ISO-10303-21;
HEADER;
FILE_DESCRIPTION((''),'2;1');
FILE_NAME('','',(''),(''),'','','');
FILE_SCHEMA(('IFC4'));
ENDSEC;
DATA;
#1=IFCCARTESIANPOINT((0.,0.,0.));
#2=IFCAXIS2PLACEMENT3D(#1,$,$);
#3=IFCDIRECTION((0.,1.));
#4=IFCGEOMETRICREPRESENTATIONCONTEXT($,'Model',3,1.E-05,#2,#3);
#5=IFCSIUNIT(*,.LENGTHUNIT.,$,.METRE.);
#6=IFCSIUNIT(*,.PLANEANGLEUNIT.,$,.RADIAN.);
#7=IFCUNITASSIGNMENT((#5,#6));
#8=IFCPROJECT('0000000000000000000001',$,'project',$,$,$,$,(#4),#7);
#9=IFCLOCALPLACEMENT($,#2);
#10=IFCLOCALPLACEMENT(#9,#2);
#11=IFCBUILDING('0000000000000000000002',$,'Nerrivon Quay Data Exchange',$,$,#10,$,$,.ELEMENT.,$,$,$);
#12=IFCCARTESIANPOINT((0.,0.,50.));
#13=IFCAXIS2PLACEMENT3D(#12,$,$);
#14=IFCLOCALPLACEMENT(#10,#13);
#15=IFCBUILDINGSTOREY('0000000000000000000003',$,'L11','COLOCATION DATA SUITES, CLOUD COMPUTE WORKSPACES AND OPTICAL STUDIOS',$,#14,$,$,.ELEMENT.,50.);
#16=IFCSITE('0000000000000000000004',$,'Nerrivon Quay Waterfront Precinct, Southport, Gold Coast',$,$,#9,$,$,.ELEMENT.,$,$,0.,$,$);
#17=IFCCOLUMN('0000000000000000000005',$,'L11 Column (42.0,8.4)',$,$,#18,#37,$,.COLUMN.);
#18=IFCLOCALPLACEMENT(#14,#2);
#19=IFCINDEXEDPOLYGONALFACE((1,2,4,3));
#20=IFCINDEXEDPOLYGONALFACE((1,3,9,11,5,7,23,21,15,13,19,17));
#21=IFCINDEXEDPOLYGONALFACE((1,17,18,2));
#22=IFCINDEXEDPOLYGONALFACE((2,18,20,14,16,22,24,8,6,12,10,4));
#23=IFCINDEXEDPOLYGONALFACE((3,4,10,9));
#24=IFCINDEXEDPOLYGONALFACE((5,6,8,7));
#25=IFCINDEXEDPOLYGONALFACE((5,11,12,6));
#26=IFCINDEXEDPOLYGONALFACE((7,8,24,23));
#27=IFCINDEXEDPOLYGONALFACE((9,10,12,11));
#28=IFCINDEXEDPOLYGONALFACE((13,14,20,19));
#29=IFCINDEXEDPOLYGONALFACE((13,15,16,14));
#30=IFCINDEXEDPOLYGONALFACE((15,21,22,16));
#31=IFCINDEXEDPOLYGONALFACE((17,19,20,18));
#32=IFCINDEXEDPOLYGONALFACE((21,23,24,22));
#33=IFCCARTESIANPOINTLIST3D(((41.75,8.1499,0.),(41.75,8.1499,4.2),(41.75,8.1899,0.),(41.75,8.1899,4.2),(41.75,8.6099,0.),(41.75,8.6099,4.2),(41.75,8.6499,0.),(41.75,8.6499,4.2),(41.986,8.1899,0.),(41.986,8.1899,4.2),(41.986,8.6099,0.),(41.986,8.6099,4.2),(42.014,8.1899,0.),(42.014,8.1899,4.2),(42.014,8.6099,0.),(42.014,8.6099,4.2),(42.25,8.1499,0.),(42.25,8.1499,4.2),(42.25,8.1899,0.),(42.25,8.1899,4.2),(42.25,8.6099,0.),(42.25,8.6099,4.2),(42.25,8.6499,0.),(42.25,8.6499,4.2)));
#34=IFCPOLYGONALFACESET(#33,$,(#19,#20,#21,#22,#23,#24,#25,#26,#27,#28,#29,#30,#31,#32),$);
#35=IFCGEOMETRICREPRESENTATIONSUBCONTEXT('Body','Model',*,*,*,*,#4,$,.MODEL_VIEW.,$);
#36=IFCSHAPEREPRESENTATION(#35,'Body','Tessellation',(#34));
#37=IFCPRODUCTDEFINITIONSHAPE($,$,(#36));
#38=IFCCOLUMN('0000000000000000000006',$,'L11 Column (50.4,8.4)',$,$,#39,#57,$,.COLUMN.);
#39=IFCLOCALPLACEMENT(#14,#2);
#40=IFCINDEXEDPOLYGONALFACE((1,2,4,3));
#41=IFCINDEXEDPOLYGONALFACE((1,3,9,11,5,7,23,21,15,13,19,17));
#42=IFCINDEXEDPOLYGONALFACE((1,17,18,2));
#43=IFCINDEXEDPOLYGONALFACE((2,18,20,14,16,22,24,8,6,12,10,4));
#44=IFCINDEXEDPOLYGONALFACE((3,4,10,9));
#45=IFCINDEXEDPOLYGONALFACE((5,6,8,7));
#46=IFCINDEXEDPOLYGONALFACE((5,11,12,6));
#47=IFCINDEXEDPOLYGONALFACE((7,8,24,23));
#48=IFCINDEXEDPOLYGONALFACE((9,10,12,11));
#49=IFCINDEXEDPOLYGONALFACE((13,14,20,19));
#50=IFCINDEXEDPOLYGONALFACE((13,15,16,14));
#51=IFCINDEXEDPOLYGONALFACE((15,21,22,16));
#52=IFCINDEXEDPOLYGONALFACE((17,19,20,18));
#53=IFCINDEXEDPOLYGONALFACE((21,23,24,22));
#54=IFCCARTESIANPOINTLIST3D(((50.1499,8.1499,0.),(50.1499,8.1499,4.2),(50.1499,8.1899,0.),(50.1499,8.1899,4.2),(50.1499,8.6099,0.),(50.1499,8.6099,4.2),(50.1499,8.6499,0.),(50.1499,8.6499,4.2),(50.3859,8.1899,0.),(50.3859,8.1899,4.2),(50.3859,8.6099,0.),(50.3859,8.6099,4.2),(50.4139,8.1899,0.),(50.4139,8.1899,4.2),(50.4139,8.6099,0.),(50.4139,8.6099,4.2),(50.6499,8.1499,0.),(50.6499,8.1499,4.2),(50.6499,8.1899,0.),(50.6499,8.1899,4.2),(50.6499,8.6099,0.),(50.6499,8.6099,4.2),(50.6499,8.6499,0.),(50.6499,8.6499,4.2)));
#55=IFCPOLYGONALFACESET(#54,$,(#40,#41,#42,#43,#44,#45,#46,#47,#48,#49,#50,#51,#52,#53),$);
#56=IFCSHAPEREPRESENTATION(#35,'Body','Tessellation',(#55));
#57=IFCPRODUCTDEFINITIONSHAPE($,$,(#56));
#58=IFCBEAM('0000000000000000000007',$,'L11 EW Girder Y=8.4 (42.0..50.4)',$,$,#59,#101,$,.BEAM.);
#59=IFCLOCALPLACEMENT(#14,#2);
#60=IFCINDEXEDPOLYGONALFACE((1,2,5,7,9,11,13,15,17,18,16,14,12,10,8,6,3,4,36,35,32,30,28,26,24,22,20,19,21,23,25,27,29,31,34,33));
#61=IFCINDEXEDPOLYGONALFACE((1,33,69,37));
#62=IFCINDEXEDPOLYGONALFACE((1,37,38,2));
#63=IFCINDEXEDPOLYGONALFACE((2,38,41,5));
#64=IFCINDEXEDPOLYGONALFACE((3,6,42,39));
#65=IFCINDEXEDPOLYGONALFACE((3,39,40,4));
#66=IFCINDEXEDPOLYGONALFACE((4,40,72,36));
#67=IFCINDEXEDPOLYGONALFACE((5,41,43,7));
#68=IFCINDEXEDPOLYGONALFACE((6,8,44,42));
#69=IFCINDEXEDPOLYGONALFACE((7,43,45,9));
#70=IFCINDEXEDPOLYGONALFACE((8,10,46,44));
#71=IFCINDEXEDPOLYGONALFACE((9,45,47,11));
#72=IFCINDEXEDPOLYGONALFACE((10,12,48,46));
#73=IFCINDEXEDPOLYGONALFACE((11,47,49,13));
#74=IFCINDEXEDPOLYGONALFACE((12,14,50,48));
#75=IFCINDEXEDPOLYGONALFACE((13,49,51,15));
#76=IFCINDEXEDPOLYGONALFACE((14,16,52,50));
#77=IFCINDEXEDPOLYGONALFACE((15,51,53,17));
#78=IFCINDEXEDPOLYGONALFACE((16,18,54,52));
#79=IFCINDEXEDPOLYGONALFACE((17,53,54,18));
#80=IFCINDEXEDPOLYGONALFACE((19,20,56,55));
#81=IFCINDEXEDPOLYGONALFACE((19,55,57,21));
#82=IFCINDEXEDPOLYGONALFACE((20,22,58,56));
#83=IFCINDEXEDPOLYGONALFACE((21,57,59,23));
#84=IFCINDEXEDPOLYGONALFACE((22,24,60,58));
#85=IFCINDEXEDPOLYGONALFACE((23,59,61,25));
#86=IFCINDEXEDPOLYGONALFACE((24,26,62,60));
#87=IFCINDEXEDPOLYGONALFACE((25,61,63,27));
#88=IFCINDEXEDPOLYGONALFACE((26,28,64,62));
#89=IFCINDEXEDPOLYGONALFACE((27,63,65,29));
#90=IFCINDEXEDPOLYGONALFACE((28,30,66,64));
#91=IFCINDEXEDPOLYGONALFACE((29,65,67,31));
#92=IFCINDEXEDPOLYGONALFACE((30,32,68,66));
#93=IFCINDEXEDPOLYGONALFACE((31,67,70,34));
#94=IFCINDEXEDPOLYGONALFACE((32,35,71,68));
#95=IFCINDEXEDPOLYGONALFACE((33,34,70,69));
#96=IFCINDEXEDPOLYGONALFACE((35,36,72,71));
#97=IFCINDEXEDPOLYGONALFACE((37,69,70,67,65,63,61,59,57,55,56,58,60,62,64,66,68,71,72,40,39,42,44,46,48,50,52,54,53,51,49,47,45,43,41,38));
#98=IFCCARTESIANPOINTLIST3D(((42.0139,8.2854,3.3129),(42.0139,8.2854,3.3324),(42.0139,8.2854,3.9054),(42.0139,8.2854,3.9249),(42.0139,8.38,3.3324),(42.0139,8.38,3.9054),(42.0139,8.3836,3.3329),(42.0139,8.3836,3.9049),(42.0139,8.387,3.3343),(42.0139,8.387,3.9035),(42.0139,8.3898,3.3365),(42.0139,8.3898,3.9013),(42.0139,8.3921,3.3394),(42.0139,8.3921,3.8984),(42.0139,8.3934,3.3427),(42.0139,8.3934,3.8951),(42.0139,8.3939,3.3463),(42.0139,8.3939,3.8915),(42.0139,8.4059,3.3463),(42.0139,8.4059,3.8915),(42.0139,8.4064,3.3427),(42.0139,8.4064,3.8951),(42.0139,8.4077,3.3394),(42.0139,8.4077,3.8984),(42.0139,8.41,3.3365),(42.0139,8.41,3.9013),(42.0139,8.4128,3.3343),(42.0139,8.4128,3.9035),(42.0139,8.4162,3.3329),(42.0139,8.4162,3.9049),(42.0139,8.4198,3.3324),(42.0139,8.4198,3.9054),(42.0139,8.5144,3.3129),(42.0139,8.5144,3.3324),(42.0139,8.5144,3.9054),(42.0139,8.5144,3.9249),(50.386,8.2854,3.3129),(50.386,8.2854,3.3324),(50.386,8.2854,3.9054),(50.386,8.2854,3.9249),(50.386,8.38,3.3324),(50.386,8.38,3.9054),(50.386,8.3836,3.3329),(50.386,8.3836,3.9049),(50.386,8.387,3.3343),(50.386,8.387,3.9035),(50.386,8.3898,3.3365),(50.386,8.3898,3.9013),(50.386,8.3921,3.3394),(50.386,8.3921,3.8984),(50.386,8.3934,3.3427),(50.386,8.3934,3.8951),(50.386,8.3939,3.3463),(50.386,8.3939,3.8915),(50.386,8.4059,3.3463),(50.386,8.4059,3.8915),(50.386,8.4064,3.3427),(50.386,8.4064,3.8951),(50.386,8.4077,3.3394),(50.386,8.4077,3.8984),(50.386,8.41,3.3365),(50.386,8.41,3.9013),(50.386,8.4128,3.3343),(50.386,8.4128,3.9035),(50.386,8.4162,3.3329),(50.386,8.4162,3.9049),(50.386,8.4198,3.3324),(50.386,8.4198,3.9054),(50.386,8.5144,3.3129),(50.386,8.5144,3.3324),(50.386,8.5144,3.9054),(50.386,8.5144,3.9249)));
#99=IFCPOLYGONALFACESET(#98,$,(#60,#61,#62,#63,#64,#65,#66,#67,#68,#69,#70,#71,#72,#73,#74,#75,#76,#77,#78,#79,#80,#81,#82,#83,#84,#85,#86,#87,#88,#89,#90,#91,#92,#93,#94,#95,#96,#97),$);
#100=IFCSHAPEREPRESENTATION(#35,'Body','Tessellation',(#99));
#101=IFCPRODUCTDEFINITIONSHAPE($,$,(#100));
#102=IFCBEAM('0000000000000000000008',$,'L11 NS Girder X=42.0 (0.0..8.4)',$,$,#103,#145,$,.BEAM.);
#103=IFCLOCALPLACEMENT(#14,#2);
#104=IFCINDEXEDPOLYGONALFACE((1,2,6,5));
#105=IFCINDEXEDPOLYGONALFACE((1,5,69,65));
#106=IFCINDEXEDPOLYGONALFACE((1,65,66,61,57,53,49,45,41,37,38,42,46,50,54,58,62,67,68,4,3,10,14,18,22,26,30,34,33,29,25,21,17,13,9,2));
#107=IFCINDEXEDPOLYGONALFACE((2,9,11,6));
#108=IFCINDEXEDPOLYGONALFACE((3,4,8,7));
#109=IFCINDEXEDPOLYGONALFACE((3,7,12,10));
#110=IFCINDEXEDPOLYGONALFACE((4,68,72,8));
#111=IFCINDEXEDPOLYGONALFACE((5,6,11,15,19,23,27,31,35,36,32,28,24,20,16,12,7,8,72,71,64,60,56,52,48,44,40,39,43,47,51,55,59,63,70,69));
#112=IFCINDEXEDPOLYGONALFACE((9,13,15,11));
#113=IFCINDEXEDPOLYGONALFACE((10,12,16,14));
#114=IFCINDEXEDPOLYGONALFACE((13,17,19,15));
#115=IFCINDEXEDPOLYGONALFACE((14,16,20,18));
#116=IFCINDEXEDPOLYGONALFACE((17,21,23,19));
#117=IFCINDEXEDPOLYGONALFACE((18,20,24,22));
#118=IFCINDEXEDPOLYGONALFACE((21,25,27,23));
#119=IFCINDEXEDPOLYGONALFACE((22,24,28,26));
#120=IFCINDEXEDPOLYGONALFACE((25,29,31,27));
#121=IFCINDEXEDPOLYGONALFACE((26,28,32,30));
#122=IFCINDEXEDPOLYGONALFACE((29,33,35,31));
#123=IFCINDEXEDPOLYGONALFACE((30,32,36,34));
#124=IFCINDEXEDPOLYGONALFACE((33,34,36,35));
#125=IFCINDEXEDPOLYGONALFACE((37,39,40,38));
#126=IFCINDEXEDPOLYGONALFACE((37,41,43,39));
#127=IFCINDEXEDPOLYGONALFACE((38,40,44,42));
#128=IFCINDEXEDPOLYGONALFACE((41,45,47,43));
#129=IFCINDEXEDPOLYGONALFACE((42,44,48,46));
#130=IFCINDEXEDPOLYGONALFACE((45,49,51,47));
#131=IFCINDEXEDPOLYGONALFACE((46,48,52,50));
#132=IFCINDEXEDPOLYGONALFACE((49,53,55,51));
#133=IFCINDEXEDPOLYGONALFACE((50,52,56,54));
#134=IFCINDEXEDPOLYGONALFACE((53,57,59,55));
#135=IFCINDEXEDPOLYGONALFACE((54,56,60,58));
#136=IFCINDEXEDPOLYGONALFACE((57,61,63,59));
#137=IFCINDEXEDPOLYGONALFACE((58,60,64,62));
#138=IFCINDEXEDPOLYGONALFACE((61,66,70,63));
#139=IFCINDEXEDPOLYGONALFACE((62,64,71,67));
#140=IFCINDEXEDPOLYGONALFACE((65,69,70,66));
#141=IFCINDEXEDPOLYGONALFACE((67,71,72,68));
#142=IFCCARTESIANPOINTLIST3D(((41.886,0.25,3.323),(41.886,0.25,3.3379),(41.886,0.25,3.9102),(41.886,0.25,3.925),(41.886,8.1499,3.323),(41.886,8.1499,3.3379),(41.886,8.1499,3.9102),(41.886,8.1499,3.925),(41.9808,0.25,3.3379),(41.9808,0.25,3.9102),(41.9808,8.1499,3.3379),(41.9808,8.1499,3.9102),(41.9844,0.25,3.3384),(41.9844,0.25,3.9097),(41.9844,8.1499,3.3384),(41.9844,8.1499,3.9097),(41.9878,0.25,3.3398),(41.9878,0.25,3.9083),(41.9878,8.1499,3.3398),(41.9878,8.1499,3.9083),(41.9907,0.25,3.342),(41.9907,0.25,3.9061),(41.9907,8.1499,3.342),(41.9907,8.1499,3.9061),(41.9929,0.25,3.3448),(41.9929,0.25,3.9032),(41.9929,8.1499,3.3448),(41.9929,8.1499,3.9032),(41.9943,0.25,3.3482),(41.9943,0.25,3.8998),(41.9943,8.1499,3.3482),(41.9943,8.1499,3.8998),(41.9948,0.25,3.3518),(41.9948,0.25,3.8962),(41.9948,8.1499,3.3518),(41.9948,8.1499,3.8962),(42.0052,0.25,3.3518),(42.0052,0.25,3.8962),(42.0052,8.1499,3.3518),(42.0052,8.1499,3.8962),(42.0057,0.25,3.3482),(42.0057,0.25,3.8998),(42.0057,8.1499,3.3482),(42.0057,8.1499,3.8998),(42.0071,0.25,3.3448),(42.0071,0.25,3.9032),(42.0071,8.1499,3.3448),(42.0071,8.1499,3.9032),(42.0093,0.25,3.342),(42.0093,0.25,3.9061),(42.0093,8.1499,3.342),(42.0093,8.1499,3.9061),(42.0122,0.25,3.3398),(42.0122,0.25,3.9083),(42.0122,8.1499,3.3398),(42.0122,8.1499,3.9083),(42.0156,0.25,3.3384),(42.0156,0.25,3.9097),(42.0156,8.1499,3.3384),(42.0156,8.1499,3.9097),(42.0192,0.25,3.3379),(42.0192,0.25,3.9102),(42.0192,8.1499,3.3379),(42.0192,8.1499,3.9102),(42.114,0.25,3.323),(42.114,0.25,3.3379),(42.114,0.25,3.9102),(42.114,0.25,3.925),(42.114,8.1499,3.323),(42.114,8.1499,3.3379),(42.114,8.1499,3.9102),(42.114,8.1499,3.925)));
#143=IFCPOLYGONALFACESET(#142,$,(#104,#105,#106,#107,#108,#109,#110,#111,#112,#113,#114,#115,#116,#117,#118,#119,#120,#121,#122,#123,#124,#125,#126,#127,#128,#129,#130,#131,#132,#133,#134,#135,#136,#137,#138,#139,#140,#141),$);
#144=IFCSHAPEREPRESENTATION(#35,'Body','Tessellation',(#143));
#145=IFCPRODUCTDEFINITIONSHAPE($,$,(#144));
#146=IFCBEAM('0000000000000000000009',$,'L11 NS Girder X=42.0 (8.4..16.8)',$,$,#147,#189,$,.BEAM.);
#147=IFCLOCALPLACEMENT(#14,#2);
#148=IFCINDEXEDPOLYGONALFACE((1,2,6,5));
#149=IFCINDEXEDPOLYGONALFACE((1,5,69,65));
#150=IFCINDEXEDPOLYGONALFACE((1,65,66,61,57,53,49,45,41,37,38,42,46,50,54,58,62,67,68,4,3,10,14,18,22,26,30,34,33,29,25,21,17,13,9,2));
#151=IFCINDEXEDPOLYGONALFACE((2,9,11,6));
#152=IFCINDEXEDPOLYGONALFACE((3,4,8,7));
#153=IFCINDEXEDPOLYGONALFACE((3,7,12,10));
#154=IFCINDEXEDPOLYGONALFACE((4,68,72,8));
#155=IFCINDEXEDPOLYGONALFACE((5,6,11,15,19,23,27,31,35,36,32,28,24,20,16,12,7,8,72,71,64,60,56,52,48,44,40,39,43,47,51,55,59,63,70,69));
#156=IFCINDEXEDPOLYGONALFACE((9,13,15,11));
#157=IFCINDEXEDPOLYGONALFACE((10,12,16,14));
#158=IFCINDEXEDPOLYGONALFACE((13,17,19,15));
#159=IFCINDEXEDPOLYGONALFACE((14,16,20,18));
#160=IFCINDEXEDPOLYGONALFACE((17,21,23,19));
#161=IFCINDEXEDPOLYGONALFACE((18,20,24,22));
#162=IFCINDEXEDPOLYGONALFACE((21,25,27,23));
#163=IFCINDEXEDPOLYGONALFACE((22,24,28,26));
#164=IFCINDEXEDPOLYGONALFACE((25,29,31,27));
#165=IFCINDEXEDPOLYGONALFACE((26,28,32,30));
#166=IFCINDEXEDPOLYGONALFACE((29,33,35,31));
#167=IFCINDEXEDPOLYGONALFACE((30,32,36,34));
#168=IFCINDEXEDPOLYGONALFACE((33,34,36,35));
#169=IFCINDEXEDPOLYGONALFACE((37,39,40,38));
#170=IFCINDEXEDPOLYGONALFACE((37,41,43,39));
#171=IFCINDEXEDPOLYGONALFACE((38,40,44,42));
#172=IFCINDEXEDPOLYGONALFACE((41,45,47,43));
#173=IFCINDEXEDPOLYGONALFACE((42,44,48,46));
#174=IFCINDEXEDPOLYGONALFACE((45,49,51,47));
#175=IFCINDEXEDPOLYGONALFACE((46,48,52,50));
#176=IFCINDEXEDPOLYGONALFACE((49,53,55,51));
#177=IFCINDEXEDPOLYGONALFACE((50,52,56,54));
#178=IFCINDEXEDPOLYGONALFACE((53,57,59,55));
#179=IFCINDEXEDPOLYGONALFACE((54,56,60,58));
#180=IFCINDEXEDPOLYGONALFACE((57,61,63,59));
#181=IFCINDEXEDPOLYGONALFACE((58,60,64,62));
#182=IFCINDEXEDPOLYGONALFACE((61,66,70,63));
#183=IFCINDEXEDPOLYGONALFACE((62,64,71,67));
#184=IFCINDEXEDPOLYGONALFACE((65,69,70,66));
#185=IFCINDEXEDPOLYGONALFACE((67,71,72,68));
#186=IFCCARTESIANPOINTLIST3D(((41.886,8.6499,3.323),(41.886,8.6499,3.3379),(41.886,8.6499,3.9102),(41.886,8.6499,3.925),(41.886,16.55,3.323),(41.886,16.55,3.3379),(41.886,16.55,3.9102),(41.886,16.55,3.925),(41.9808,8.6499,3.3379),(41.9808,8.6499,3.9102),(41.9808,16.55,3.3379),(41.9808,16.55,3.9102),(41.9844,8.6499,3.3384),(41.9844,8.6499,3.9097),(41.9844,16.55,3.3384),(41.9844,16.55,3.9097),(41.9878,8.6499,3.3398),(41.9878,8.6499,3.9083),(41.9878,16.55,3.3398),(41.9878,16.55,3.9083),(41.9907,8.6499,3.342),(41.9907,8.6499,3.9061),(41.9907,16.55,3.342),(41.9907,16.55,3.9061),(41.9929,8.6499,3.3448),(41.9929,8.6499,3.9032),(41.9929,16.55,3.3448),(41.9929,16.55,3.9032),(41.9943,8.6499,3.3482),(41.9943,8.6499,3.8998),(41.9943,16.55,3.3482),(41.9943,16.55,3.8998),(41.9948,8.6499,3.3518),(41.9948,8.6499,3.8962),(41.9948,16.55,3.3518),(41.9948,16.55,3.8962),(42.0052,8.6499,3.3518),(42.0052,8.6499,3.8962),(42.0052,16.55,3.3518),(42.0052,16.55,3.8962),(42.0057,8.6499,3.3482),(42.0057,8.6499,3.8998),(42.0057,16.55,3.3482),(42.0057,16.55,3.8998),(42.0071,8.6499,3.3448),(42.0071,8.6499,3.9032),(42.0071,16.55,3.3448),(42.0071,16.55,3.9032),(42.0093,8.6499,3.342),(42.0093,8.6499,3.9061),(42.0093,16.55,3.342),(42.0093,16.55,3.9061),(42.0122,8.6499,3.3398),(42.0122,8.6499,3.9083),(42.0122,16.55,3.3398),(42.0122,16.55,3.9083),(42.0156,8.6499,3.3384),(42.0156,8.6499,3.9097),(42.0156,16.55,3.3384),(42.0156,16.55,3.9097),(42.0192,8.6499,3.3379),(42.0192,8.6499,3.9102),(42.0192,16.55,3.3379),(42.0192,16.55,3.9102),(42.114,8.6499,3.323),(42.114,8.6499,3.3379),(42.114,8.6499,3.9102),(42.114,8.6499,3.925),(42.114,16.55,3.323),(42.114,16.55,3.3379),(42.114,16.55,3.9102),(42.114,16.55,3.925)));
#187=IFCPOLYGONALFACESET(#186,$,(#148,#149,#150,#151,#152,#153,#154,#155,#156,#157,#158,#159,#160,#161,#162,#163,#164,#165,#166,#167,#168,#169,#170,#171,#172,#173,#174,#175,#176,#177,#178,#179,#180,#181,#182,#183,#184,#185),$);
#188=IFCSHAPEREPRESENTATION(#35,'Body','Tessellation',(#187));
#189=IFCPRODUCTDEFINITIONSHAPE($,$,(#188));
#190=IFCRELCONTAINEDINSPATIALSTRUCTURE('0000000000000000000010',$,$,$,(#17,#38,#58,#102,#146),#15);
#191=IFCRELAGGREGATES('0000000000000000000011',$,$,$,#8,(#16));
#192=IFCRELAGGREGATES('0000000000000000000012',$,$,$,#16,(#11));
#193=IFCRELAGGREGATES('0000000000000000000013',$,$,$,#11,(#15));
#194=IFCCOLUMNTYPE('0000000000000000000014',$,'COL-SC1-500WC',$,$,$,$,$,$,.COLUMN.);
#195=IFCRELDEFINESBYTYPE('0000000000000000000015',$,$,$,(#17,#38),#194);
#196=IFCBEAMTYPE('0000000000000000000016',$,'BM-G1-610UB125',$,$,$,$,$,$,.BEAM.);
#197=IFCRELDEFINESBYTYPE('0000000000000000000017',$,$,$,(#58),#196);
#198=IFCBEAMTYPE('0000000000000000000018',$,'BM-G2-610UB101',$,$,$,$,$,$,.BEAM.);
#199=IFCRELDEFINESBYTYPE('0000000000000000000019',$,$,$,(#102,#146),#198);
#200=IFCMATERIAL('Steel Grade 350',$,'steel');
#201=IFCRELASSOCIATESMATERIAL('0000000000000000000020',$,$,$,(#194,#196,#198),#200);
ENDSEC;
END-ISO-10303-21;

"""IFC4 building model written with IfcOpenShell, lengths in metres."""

from ifc_helpers import new_model, si_unit, direction, frame, origin, origin_2d, place, context, subcontext, project, spatial, i_section, extrude, material, material_profile, profile_set, type_object, element, save


model = new_model("IFC4")

# Units and contexts
model_context = context("Model", 3, precision=1e-05, world=origin(), true_north=direction((0.0, 1.0)))
body_context = subcontext(model_context, "Body", "Model", "MODEL_VIEW")
ifc_project = project(units=[si_unit("LENGTHUNIT", "METRE"), si_unit("PLANEANGLEUNIT", "RADIAN")], contexts=[model_context])

# Site, building, storey
site_placement = place(None, origin())
site = spatial("IfcSite", under=ifc_project, at=site_placement, Name="Nerrivon Quay Waterfront Precinct, Southport, Gold Coast", CompositionType="ELEMENT", RefElevation=0.0)
building_placement = place(site_placement, origin())
building = spatial("IfcBuilding", under=site, at=building_placement, Name="Nerrivon Quay Data Exchange", CompositionType="ELEMENT")
storey_placement = place(building_placement, frame((0.0, 0.0, 50.0)))
storey = spatial("IfcBuildingStorey", under=building, at=storey_placement, Name="L11", Description="COLOCATION DATA SUITES, CLOUD COMPUTE WORKSPACES AND OPTICAL STUDIOS", CompositionType="ELEMENT", Elevation=50.0)

# Columns
ifc_material_1 = material(Name="Steel Grade 350", Category="steel")
ifc_material_profile_1 = material_profile(ifc_material_1, i_section(OverallWidth=0.5, OverallDepth=0.5, WebThickness=0.0281, FlangeThickness=0.04, at=origin_2d()), Name="500WC440")
ifc_profile_set_1 = profile_set([ifc_material_profile_1], Name="Steel Grade 350")
column_type = type_object("IfcColumnType", Name="COL-SC1-500WC", PredefinedType="COLUMN", material=ifc_profile_set_1)
for number, where, z_axis, x_axis, name in (
    (1, (42.0, 8.3999, 0.0), (0.0, 0.0, 1.0), (1.0, 0.0, 0.0), "L11 Column (42.0,8.4)"),
    (2, (50.3999, 8.3999, 0.0), (0.0, 0.0, 1.0), (1.0, 0.0, 0.0), "L11 Column (50.4,8.4)"),
):
    element("IfcColumn", number, at=place(storey_placement, frame(where, z_axis=z_axis, x_axis=x_axis)), inside=storey, type_object=column_type, Name=name, PredefinedType="COLUMN", context=body_context, shape_type="SweptSolid", body=[
        extrude(i_section(OverallWidth=0.5, OverallDepth=0.5, WebThickness=0.0281, FlangeThickness=0.04, at=origin_2d()), origin(), (0.0, 0.0, 1.0), 4.2),
    ])

# Beams
ifc_material_profile_2 = material_profile(ifc_material_1, i_section(OverallWidth=0.229, OverallDepth=0.6121, WebThickness=0.012, FlangeThickness=0.0195, FilletRadius=0.0139, at=origin_2d()), Name="610UB125")
ifc_profile_set_2 = profile_set([ifc_material_profile_2], Name="Steel Grade 350")
beam_type_1 = type_object("IfcBeamType", Name="BM-G1-610UB125", PredefinedType="BEAM", material=ifc_profile_set_2)
beam_1_placement = place(storey_placement, frame((42.0139, 8.3999, 3.6189), z_axis=(1.0, 0.0, 0.0), x_axis=(0.0, 1.0, 0.0)))
element("IfcBeam", 3, at=beam_1_placement, inside=storey, type_object=beam_type_1, Name="L11 EW Girder Y=8.4 (42.0..50.4)", PredefinedType="BEAM", context=body_context, shape_type="SweptSolid", body=[
    extrude(i_section(OverallWidth=0.229, OverallDepth=0.6121, WebThickness=0.012, FlangeThickness=0.0195, FilletRadius=0.0139, at=origin_2d()), origin(), (0.0, 0.0, 1.0), 8.3721),
])
ifc_material_profile_3 = material_profile(ifc_material_1, i_section(OverallWidth=0.228, OverallDepth=0.6021, WebThickness=0.0105, FlangeThickness=0.0149, FilletRadius=0.0139, at=origin_2d()), Name="610UB101")
ifc_profile_set_3 = profile_set([ifc_material_profile_3], Name="Steel Grade 350")
beam_type_2 = type_object("IfcBeamType", Name="BM-G2-610UB101", PredefinedType="BEAM", material=ifc_profile_set_3)
beam_2_placement = place(storey_placement, frame((42.0, 0.25, 3.624), z_axis=(0.0, 1.0, 0.0), x_axis=(-1.0, 0.0, 0.0)))
element("IfcBeam", 4, at=beam_2_placement, inside=storey, type_object=beam_type_2, Name="L11 NS Girder X=42.0 (0.0..8.4)", PredefinedType="BEAM", context=body_context, shape_type="SweptSolid", body=[
    extrude(i_section(OverallWidth=0.228, OverallDepth=0.6021, WebThickness=0.0105, FlangeThickness=0.0149, FilletRadius=0.0139, at=origin_2d()), origin(), (0.0, 0.0, 1.0), 7.8999),
])
beam_3_placement = place(storey_placement, frame((42.0, 8.6499, 3.624), z_axis=(0.0, 1.0, 0.0), x_axis=(-1.0, 0.0, 0.0)))
element("IfcBeam", 5, at=beam_3_placement, inside=storey, type_object=beam_type_2, Name="L11 NS Girder X=42.0 (8.4..16.8)", PredefinedType="BEAM", context=body_context, shape_type="SweptSolid", body=[
    extrude(i_section(OverallWidth=0.228, OverallDepth=0.6021, WebThickness=0.0105, FlangeThickness=0.0149, FilletRadius=0.0139, at=origin_2d()), origin(), (0.0, 0.0, 1.0), 7.9001),
])

save(model, "model.ifc")
